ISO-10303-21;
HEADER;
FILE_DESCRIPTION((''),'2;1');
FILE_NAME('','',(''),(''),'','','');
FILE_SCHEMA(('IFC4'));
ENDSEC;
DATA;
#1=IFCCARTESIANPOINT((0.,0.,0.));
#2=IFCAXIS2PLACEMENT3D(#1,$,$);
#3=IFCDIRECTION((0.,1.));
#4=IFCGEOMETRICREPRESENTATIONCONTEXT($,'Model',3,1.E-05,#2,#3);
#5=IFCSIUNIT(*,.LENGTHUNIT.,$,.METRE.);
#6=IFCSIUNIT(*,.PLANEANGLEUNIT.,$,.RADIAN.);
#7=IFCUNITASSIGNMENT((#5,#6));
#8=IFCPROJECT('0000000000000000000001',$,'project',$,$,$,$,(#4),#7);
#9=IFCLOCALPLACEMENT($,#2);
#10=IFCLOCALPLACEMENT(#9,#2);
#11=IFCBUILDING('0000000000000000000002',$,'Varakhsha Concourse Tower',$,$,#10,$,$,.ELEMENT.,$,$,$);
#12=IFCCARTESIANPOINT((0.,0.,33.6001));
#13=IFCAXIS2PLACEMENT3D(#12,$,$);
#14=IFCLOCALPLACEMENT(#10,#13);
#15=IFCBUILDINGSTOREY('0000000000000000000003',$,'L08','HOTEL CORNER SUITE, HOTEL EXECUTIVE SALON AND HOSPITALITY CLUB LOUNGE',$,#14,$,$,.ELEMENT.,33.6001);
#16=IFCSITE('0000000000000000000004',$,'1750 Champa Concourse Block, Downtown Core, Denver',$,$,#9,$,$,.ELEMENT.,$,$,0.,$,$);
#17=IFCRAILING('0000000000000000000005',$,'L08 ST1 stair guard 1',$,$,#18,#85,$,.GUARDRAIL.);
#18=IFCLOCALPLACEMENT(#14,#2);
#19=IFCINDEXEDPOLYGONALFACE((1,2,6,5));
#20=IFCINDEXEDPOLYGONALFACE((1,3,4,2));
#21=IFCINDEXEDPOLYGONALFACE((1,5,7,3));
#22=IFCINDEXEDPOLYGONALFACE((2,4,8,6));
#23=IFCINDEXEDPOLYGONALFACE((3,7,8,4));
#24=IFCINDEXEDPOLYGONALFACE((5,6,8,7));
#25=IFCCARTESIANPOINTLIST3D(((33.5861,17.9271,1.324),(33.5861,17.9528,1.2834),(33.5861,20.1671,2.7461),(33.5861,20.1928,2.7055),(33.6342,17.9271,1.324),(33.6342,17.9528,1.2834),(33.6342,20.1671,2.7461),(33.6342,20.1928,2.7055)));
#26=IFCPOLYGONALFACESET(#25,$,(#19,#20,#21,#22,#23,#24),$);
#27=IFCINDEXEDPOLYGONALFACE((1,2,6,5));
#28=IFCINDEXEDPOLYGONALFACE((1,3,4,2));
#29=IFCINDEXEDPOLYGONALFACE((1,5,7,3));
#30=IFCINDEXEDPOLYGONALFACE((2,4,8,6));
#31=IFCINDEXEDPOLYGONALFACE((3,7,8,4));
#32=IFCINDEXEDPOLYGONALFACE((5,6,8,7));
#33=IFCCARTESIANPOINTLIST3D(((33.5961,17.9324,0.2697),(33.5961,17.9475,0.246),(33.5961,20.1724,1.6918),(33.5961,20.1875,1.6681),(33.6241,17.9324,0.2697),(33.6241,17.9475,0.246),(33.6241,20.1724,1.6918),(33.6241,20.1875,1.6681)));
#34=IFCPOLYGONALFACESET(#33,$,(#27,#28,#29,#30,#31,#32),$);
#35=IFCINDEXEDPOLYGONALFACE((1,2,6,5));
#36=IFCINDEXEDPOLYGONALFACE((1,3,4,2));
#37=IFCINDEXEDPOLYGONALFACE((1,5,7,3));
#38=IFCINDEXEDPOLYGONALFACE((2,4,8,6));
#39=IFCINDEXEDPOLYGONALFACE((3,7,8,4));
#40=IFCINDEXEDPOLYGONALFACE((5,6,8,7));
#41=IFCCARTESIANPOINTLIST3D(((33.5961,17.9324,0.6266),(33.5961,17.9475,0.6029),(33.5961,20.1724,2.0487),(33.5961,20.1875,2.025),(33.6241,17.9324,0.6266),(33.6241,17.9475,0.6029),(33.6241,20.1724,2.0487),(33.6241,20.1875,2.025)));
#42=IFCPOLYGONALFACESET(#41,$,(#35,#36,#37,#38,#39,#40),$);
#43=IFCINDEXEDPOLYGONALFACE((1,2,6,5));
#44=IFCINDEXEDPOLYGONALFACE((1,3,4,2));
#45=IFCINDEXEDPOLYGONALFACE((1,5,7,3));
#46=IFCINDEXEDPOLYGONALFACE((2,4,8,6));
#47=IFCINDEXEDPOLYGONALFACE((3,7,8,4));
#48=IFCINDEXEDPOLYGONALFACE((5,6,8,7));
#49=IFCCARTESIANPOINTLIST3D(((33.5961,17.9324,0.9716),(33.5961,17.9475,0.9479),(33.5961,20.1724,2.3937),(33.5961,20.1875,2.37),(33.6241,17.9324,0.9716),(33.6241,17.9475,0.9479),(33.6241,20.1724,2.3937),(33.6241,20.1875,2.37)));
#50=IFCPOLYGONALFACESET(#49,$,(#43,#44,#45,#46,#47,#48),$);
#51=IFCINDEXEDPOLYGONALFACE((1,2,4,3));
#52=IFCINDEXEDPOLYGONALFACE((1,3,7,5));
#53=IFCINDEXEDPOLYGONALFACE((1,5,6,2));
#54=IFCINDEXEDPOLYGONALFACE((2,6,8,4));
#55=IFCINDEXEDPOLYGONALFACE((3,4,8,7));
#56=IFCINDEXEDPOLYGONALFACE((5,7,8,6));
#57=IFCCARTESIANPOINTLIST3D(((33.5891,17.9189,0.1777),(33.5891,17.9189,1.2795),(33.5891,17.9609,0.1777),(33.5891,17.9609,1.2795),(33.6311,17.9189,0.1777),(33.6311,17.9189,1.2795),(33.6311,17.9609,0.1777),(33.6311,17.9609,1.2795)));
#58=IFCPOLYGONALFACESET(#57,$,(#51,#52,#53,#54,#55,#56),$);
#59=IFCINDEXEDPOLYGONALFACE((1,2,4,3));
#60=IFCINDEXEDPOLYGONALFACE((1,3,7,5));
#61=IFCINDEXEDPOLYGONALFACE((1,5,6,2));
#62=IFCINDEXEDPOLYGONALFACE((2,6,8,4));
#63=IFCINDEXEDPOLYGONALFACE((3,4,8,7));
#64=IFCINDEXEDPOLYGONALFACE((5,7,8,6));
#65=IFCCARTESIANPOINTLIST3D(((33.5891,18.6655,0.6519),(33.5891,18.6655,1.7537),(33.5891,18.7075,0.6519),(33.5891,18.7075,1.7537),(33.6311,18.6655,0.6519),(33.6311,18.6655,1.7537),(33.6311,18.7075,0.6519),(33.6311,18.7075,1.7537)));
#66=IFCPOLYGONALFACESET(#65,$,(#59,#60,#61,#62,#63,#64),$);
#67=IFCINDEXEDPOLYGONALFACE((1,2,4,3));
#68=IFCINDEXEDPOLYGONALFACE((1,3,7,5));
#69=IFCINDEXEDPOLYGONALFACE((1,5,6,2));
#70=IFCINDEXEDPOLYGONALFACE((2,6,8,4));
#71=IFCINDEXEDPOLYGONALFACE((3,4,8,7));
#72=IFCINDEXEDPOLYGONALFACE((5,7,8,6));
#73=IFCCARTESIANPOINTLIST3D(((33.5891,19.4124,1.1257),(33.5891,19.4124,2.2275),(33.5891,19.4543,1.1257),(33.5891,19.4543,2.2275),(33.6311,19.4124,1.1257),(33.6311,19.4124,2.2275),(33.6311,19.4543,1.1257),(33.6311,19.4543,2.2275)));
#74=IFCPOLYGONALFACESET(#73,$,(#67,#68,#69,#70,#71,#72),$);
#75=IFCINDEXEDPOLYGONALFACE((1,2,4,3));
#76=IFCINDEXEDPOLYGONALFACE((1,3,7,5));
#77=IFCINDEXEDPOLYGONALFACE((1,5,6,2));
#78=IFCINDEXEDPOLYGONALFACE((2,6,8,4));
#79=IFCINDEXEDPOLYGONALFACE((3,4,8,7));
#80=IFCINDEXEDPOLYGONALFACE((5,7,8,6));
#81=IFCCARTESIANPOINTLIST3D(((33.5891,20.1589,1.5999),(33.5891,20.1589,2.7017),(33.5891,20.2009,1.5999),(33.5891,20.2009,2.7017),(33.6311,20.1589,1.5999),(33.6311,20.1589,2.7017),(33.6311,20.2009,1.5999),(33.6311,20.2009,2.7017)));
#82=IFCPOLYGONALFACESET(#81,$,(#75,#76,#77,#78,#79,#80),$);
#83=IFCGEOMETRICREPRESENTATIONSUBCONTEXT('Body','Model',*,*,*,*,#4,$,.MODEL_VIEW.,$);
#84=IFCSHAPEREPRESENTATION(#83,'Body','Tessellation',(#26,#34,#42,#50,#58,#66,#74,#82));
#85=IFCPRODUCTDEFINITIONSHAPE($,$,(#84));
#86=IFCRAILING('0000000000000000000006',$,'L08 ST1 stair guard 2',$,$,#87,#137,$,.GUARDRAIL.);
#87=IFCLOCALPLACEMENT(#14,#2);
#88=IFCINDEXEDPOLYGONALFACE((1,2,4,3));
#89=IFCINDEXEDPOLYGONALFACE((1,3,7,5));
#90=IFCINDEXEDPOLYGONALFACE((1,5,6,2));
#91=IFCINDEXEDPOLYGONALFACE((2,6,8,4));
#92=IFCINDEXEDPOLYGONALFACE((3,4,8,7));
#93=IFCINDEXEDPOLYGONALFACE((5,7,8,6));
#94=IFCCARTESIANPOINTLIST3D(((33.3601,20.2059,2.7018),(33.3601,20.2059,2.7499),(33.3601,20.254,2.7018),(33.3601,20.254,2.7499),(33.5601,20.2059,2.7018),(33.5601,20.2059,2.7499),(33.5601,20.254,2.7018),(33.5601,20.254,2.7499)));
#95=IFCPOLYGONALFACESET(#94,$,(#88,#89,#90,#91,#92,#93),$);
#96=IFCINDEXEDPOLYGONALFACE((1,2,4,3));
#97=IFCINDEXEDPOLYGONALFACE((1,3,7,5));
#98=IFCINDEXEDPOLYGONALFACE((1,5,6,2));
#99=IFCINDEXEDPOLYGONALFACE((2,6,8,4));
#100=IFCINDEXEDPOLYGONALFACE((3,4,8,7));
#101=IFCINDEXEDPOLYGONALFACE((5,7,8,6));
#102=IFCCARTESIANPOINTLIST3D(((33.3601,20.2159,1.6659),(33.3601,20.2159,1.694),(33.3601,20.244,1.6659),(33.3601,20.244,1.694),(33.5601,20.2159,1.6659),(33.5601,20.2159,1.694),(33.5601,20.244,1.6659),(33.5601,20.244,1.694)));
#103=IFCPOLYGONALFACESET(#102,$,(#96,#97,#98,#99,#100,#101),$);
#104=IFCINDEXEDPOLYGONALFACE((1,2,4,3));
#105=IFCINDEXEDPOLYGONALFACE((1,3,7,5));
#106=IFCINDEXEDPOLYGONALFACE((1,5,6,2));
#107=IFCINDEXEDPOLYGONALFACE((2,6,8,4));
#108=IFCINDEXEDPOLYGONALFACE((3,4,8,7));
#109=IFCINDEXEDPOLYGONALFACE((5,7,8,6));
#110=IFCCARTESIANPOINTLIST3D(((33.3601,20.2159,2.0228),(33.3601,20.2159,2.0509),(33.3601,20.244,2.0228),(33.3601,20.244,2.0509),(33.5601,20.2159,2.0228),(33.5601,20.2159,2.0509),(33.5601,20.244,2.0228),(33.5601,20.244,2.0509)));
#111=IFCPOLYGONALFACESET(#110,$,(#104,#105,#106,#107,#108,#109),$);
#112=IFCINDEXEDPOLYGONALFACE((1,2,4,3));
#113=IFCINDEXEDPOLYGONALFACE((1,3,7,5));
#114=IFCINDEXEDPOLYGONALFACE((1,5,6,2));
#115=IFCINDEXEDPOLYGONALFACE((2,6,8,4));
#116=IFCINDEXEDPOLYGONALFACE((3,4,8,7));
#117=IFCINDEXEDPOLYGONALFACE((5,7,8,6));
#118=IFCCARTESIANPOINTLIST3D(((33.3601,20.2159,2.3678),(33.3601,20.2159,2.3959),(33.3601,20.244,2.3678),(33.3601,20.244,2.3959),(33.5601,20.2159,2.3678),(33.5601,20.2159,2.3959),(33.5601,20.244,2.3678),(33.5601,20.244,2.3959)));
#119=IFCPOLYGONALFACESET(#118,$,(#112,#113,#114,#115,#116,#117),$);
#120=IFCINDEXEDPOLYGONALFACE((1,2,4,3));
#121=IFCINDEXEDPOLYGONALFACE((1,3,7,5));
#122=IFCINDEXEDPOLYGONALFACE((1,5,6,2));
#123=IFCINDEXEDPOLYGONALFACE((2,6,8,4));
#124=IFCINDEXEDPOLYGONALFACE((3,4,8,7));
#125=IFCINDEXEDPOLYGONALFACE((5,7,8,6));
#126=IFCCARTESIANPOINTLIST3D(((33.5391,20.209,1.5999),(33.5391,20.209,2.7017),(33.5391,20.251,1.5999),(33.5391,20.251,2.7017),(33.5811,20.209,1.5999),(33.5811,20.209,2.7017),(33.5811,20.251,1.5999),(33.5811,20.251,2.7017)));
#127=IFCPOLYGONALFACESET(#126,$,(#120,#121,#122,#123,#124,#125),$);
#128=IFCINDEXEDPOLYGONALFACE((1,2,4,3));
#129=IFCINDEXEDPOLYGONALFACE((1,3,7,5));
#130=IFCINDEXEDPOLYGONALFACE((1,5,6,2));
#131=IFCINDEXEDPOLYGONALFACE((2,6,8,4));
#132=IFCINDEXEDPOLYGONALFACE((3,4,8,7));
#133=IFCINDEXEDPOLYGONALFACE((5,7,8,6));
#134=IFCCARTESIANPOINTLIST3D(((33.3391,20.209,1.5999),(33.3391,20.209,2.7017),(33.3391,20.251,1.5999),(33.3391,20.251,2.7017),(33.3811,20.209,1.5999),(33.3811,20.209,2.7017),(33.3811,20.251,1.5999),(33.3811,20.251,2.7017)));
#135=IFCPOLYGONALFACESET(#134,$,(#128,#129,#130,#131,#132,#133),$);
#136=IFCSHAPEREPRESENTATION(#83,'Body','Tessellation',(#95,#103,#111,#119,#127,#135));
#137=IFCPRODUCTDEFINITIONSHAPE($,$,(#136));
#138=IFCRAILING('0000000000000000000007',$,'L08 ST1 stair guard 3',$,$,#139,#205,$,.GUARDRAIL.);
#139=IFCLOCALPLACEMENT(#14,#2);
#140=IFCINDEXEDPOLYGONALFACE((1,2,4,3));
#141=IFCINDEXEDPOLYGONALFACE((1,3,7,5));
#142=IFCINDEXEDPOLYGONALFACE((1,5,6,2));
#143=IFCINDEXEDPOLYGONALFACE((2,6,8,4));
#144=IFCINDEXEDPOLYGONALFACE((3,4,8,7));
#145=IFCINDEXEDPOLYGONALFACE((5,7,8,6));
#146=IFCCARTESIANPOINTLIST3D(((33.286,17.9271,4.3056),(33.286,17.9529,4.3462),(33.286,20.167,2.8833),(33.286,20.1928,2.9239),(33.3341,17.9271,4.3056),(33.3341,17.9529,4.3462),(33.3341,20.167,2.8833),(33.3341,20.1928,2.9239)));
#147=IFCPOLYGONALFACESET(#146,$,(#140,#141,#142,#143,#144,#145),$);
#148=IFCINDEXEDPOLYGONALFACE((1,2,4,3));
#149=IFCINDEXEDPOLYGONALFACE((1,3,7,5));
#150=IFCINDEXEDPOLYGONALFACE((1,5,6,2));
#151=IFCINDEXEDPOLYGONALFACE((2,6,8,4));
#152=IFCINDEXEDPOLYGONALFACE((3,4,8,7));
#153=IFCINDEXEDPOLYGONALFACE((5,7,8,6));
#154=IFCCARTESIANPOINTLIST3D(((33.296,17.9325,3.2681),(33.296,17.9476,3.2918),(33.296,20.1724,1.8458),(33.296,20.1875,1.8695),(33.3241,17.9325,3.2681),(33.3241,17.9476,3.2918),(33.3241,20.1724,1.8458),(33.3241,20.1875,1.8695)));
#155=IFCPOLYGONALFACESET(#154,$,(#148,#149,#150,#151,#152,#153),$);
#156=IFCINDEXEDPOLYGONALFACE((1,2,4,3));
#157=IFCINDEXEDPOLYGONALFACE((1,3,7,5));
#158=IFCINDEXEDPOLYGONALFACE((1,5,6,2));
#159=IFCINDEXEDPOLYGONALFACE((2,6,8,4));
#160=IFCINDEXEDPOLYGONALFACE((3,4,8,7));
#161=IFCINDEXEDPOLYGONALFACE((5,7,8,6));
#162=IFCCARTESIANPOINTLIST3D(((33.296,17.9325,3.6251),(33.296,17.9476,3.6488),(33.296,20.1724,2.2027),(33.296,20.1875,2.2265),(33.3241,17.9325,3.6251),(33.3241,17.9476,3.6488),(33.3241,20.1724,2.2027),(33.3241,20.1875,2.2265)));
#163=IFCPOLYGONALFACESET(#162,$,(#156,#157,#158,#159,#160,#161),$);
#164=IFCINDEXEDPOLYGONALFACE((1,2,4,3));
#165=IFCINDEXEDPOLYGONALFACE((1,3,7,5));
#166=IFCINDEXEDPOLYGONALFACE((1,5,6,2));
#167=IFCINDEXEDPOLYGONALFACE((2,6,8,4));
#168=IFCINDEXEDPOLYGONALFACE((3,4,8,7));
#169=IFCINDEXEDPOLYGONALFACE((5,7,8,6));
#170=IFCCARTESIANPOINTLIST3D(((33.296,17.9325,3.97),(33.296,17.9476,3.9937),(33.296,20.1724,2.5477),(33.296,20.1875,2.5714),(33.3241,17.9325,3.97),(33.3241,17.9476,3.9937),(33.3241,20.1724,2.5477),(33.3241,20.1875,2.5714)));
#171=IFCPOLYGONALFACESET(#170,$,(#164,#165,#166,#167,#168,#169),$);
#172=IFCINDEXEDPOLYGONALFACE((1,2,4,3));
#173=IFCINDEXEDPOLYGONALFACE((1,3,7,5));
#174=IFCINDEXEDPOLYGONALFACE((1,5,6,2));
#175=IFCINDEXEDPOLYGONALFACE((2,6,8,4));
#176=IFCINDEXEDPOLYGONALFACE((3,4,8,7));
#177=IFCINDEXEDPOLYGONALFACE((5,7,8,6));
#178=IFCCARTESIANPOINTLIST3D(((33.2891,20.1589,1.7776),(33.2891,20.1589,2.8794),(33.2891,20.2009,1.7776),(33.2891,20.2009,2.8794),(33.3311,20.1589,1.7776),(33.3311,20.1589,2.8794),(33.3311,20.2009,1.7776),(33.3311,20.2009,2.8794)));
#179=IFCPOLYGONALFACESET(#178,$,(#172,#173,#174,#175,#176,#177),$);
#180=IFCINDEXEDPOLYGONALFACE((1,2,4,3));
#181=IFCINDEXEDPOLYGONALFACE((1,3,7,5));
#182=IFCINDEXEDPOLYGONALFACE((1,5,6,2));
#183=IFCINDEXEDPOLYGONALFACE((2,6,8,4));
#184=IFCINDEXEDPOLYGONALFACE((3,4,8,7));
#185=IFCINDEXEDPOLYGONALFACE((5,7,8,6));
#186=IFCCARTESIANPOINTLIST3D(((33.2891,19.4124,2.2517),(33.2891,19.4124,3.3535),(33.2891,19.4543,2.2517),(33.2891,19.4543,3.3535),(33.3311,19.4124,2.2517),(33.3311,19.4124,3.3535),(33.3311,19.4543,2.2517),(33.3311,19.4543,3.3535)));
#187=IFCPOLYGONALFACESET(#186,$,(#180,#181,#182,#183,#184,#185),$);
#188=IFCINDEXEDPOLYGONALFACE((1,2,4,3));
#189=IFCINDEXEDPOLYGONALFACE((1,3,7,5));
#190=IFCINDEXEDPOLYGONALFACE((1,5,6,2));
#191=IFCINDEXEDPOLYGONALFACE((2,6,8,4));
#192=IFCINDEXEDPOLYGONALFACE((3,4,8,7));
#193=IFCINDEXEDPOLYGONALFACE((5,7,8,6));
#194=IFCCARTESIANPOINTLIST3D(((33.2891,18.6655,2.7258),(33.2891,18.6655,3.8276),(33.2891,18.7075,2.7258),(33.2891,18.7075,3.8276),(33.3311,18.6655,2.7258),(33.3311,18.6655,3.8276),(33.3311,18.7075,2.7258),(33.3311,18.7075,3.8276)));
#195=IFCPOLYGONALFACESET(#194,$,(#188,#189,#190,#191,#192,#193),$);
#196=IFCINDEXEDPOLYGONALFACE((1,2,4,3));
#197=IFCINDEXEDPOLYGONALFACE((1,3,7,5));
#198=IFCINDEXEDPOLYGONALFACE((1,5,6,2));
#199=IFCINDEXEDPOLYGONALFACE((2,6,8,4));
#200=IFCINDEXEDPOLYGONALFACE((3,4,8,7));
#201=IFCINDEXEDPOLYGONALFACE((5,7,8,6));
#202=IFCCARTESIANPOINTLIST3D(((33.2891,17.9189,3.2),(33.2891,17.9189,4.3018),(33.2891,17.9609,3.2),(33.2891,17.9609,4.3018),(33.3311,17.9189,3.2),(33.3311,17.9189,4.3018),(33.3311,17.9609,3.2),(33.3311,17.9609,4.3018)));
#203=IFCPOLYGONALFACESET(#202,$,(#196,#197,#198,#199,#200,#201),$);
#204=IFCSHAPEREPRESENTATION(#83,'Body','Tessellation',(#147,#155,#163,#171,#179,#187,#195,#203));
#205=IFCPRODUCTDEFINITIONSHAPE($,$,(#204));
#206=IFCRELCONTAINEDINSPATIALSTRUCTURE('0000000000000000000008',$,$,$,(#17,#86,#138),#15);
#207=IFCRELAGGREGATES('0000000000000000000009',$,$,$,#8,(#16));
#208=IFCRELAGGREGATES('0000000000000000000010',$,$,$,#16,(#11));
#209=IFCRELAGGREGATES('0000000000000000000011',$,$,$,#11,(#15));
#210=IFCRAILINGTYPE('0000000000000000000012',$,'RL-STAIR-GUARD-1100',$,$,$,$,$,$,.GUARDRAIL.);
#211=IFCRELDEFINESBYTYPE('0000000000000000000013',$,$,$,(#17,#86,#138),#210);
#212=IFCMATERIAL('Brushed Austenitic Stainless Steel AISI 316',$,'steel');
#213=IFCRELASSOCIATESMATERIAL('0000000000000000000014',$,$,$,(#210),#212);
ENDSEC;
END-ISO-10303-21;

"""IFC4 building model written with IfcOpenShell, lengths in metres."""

from ifc_helpers import new_model, si_unit, direction, frame, origin, origin_2d, place, context, subcontext, project, spatial, rectangle, extrude, material, type_object, element, save


model = new_model("IFC4")

# Units and contexts
model_context = context("Model", 3, precision=1e-05, world=origin(), true_north=direction((0.0, 1.0)))
body_context = subcontext(model_context, "Body", "Model", "MODEL_VIEW")
ifc_project = project(units=[si_unit("LENGTHUNIT", "METRE"), si_unit("PLANEANGLEUNIT", "RADIAN")], contexts=[model_context])

# Site, building, storey
site_placement = place(None, origin())
site = spatial("IfcSite", under=ifc_project, at=site_placement, Name="1750 Champa Concourse Block, Downtown Core, Denver", CompositionType="ELEMENT", RefElevation=0.0)
building_placement = place(site_placement, origin())
building = spatial("IfcBuilding", under=site, at=building_placement, Name="Varakhsha Concourse Tower", CompositionType="ELEMENT")
storey_placement = place(building_placement, frame((0.0, 0.0, 33.6001)))
storey = spatial("IfcBuildingStorey", under=building, at=storey_placement, Name="L08", Description="HOTEL CORNER SUITE, HOTEL EXECUTIVE SALON AND HOSPITALITY CLUB LOUNGE", CompositionType="ELEMENT", Elevation=33.6001)

# Shared definitions
ifc_material_1 = material(Name="Brushed Austenitic Stainless Steel AISI 316", Category="steel")

# Railings
railing_type_1 = type_object("IfcRailingType", Name="RL-STAIR-GUARD-1100", PredefinedType="GUARDRAIL", material=ifc_material_1)
railing_1_placement = place(storey_placement, frame((33.6101, 17.9399, 0.1777)))
element("IfcRailing", 1, at=railing_1_placement, inside=storey, type_object=railing_type_1, Name="L08 ST1 stair guard 1", PredefinedType="GUARDRAIL", context=body_context, shape_type="SweptSolid", body=[
    extrude(rectangle(XDim=0.0481, YDim=0.0481, at=origin_2d()), frame((0.0, 0.0, 1.126), z_axis=(0.0, 0.844229, 0.535982), x_axis=(-1.0, 0.0, 0.0)), (0.0, 0.0, 1.0), 2.6533),
    extrude(rectangle(XDim=0.0281, YDim=0.0281, at=origin_2d()), frame((0.0, 0.0, 0.0801), z_axis=(0.0, 0.844229, 0.535982), x_axis=(-1.0, 0.0, 0.0)), (0.0, 0.0, 1.0), 2.6533),
    extrude(rectangle(XDim=0.0281, YDim=0.0281, at=origin_2d()), frame((0.0, 0.0, 0.437), z_axis=(0.0, 0.844229, 0.535982), x_axis=(-1.0, 0.0, 0.0)), (0.0, 0.0, 1.0), 2.6533),
    extrude(rectangle(XDim=0.0281, YDim=0.0281, at=origin_2d()), frame((0.0, 0.0, 0.782), z_axis=(0.0, 0.844229, 0.535982), x_axis=(-1.0, 0.0, 0.0)), (0.0, 0.0, 1.0), 2.6533),
    extrude(rectangle(XDim=0.042, YDim=0.042, at=origin_2d()), origin(), (0.0, 0.0, 1.0), 1.1018),
    extrude(rectangle(XDim=0.042, YDim=0.042, at=origin_2d()), frame((0.0, 0.7466, 0.4741)), (0.0, 0.0, 1.0), 1.1018),
    extrude(rectangle(XDim=0.042, YDim=0.042, at=origin_2d()), frame((0.0, 1.4934, 0.948)), (0.0, 0.0, 1.0), 1.1018),
    extrude(rectangle(XDim=0.042, YDim=0.042, at=origin_2d()), frame((0.0, 2.24, 1.4221)), (0.0, 0.0, 1.0), 1.1018),
])
railing_2_placement = place(storey_placement, frame((33.5601, 20.23, 1.5999)))
element("IfcRailing", 2, at=railing_2_placement, inside=storey, type_object=railing_type_1, Name="L08 ST1 stair guard 2", PredefinedType="GUARDRAIL", context=body_context, shape_type="SweptSolid", body=[
    extrude(rectangle(XDim=0.0481, YDim=0.0481, at=origin_2d()), frame((0.0, 0.0, 1.126), z_axis=(-1.0, 0.0, 0.0), x_axis=(0.0, -1.0, 0.0)), (0.0, 0.0, 1.0), 0.2),
    extrude(rectangle(XDim=0.0281, YDim=0.0281, at=origin_2d()), frame((0.0, 0.0, 0.0801), z_axis=(-1.0, 0.0, 0.0), x_axis=(0.0, -1.0, 0.0)), (0.0, 0.0, 1.0), 0.2),
    extrude(rectangle(XDim=0.0281, YDim=0.0281, at=origin_2d()), frame((0.0, 0.0, 0.437), z_axis=(-1.0, 0.0, 0.0), x_axis=(0.0, -1.0, 0.0)), (0.0, 0.0, 1.0), 0.2),
    extrude(rectangle(XDim=0.0281, YDim=0.0281, at=origin_2d()), frame((0.0, 0.0, 0.782), z_axis=(-1.0, 0.0, 0.0), x_axis=(0.0, -1.0, 0.0)), (0.0, 0.0, 1.0), 0.2),
    extrude(rectangle(XDim=0.042, YDim=0.042, at=origin_2d()), origin(), (0.0, 0.0, 1.0), 1.1018),
    extrude(rectangle(XDim=0.042, YDim=0.042, at=origin_2d()), frame((-0.2, 0.0, 0.0)), (0.0, 0.0, 1.0), 1.1018),
])
railing_3_placement = place(storey_placement, frame((33.3101, 20.1799, 1.7776)))
element("IfcRailing", 3, at=railing_3_placement, inside=storey, type_object=railing_type_1, Name="L08 ST1 stair guard 3", PredefinedType="GUARDRAIL", context=body_context, shape_type="SweptSolid", body=[
    extrude(rectangle(XDim=0.0481, YDim=0.0481, at=origin_2d()), frame((0.0, 0.0, 1.126), z_axis=(0.0, -0.844188, 0.536048), x_axis=(1.0, 0.0, 0.0)), (0.0, 0.0, 1.0), 2.6533),
    extrude(rectangle(XDim=0.0281, YDim=0.0281, at=origin_2d()), frame((0.0, 0.0, 0.0801), z_axis=(0.0, -0.844188, 0.536048), x_axis=(1.0, 0.0, 0.0)), (0.0, 0.0, 1.0), 2.6533),
    extrude(rectangle(XDim=0.0281, YDim=0.0281, at=origin_2d()), frame((0.0, 0.0, 0.437), z_axis=(0.0, -0.844188, 0.536048), x_axis=(1.0, 0.0, 0.0)), (0.0, 0.0, 1.0), 2.6533),
    extrude(rectangle(XDim=0.0281, YDim=0.0281, at=origin_2d()), frame((0.0, 0.0, 0.782), z_axis=(0.0, -0.844188, 0.536048), x_axis=(1.0, 0.0, 0.0)), (0.0, 0.0, 1.0), 2.6533),
    extrude(rectangle(XDim=0.042, YDim=0.042, at=origin_2d()), origin(), (0.0, 0.0, 1.0), 1.1018),
    extrude(rectangle(XDim=0.042, YDim=0.042, at=origin_2d()), frame((0.0, -0.7466, 0.4741)), (0.0, 0.0, 1.0), 1.1018),
    extrude(rectangle(XDim=0.042, YDim=0.042, at=origin_2d()), frame((0.0, -1.4934, 0.9482)), (0.0, 0.0, 1.0), 1.1018),
    extrude(rectangle(XDim=0.042, YDim=0.042, at=origin_2d()), frame((0.0, -2.24, 1.4224)), (0.0, 0.0, 1.0), 1.1018),
])

save(model, "model.ifc")
